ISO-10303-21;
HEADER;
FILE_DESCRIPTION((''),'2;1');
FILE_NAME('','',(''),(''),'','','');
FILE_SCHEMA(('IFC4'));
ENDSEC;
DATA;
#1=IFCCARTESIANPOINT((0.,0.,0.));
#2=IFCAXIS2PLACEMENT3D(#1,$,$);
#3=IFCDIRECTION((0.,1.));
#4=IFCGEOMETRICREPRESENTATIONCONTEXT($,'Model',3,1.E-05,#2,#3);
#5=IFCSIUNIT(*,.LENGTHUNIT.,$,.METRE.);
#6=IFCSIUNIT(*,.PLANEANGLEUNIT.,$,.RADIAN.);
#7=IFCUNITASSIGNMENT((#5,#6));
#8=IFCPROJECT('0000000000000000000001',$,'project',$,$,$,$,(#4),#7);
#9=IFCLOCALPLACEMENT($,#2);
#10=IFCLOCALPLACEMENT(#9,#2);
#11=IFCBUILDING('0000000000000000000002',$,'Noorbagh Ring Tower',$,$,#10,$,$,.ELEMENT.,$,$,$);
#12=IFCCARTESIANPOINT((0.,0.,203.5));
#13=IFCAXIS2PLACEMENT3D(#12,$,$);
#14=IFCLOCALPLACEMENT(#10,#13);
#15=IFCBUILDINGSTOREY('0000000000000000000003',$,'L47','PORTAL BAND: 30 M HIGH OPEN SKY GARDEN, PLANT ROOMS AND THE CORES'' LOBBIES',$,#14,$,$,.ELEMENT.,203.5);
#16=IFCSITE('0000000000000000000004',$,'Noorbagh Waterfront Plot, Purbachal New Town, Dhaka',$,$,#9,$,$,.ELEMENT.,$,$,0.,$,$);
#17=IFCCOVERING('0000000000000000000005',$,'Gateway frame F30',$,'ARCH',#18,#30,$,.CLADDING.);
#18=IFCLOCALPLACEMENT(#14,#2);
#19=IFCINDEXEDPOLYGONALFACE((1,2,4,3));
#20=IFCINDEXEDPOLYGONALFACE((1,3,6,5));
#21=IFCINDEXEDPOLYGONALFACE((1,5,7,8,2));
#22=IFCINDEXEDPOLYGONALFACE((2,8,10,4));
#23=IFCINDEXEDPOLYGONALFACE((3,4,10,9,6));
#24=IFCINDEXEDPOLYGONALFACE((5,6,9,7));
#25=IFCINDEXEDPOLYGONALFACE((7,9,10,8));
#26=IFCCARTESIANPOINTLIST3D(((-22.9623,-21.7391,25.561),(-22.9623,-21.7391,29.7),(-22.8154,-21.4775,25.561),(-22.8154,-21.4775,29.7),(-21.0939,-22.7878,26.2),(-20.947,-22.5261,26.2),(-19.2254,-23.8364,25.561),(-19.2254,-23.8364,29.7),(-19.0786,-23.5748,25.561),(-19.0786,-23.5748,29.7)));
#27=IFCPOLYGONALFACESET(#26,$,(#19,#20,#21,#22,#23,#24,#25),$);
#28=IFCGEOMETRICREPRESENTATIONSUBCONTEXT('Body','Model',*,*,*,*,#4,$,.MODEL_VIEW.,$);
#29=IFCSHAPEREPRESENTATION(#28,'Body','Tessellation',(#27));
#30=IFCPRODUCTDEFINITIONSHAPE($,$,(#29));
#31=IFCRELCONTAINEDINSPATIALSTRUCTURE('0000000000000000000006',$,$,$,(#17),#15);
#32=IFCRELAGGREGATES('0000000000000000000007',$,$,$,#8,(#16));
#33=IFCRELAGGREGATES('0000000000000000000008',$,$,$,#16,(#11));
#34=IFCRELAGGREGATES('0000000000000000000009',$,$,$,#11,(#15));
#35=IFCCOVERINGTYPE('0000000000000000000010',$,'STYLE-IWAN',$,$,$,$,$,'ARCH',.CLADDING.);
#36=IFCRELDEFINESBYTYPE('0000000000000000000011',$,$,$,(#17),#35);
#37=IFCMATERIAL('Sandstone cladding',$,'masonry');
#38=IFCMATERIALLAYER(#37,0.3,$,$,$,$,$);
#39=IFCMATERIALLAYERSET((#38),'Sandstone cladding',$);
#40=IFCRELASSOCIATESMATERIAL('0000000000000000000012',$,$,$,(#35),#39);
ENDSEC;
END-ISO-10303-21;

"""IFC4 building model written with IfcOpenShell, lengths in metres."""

from ifc_helpers import new_model, si_unit, direction, frame, origin, place, context, subcontext, project, spatial, polyline, outline, extrude, material, layer, layer_set, type_object, element, save


model = new_model("IFC4")

# Units and contexts
model_context = context("Model", 3, precision=1e-05, world=origin(), true_north=direction((0.0, 1.0)))
body_context = subcontext(model_context, "Body", "Model", "MODEL_VIEW")
ifc_project = project(units=[si_unit("LENGTHUNIT", "METRE"), si_unit("PLANEANGLEUNIT", "RADIAN")], contexts=[model_context])

# Site, building, storey
site_placement = place(None, origin())
site = spatial("IfcSite", under=ifc_project, at=site_placement, Name="Noorbagh Waterfront Plot, Purbachal New Town, Dhaka", CompositionType="ELEMENT", RefElevation=0.0)
building_placement = place(site_placement, origin())
building = spatial("IfcBuilding", under=site, at=building_placement, Name="Noorbagh Ring Tower", CompositionType="ELEMENT")
storey_placement = place(building_placement, frame((0.0, 0.0, 203.5)))
storey = spatial("IfcBuildingStorey", under=building, at=storey_placement, Name="L47", Description="PORTAL BAND: 30 M HIGH OPEN SKY GARDEN, PLANT ROOMS AND THE CORES' LOBBIES", CompositionType="ELEMENT", Elevation=203.5)

# Covering
ifc_material_1 = material(Name="Sandstone cladding", Category="masonry")
ifc_layer_1 = layer(ifc_material_1, 0.3)
ifc_layer_set_1 = layer_set([ifc_layer_1], Name="Sandstone cladding")
covering_type = type_object("IfcCoveringType", Name="STYLE-IWAN", ElementType="ARCH", PredefinedType="CLADDING", material=ifc_layer_set_1)
covering_1_placement = place(storey_placement, frame((-20.947, -22.5261, 0.0), z_axis=(-0.489426, -0.872045, 0.0), x_axis=(0.872045, -0.489426, 0.0)))
element("IfcCovering", 1, at=covering_1_placement, inside=storey, type_object=covering_type, Name="Gateway frame F30", ObjectType="ARCH", PredefinedType="CLADDING", context=body_context, shape_type="SweptSolid", body=[
    extrude(outline(polyline([(-2.1426, 29.7), (-2.1426, 25.561), (0.0, 26.2), (2.1426, 25.561), (2.1426, 29.7), (-2.1426, 29.7)])), origin(), (0.0, 0.0, 1.0), 0.3),
])

save(model, "model.ifc")
